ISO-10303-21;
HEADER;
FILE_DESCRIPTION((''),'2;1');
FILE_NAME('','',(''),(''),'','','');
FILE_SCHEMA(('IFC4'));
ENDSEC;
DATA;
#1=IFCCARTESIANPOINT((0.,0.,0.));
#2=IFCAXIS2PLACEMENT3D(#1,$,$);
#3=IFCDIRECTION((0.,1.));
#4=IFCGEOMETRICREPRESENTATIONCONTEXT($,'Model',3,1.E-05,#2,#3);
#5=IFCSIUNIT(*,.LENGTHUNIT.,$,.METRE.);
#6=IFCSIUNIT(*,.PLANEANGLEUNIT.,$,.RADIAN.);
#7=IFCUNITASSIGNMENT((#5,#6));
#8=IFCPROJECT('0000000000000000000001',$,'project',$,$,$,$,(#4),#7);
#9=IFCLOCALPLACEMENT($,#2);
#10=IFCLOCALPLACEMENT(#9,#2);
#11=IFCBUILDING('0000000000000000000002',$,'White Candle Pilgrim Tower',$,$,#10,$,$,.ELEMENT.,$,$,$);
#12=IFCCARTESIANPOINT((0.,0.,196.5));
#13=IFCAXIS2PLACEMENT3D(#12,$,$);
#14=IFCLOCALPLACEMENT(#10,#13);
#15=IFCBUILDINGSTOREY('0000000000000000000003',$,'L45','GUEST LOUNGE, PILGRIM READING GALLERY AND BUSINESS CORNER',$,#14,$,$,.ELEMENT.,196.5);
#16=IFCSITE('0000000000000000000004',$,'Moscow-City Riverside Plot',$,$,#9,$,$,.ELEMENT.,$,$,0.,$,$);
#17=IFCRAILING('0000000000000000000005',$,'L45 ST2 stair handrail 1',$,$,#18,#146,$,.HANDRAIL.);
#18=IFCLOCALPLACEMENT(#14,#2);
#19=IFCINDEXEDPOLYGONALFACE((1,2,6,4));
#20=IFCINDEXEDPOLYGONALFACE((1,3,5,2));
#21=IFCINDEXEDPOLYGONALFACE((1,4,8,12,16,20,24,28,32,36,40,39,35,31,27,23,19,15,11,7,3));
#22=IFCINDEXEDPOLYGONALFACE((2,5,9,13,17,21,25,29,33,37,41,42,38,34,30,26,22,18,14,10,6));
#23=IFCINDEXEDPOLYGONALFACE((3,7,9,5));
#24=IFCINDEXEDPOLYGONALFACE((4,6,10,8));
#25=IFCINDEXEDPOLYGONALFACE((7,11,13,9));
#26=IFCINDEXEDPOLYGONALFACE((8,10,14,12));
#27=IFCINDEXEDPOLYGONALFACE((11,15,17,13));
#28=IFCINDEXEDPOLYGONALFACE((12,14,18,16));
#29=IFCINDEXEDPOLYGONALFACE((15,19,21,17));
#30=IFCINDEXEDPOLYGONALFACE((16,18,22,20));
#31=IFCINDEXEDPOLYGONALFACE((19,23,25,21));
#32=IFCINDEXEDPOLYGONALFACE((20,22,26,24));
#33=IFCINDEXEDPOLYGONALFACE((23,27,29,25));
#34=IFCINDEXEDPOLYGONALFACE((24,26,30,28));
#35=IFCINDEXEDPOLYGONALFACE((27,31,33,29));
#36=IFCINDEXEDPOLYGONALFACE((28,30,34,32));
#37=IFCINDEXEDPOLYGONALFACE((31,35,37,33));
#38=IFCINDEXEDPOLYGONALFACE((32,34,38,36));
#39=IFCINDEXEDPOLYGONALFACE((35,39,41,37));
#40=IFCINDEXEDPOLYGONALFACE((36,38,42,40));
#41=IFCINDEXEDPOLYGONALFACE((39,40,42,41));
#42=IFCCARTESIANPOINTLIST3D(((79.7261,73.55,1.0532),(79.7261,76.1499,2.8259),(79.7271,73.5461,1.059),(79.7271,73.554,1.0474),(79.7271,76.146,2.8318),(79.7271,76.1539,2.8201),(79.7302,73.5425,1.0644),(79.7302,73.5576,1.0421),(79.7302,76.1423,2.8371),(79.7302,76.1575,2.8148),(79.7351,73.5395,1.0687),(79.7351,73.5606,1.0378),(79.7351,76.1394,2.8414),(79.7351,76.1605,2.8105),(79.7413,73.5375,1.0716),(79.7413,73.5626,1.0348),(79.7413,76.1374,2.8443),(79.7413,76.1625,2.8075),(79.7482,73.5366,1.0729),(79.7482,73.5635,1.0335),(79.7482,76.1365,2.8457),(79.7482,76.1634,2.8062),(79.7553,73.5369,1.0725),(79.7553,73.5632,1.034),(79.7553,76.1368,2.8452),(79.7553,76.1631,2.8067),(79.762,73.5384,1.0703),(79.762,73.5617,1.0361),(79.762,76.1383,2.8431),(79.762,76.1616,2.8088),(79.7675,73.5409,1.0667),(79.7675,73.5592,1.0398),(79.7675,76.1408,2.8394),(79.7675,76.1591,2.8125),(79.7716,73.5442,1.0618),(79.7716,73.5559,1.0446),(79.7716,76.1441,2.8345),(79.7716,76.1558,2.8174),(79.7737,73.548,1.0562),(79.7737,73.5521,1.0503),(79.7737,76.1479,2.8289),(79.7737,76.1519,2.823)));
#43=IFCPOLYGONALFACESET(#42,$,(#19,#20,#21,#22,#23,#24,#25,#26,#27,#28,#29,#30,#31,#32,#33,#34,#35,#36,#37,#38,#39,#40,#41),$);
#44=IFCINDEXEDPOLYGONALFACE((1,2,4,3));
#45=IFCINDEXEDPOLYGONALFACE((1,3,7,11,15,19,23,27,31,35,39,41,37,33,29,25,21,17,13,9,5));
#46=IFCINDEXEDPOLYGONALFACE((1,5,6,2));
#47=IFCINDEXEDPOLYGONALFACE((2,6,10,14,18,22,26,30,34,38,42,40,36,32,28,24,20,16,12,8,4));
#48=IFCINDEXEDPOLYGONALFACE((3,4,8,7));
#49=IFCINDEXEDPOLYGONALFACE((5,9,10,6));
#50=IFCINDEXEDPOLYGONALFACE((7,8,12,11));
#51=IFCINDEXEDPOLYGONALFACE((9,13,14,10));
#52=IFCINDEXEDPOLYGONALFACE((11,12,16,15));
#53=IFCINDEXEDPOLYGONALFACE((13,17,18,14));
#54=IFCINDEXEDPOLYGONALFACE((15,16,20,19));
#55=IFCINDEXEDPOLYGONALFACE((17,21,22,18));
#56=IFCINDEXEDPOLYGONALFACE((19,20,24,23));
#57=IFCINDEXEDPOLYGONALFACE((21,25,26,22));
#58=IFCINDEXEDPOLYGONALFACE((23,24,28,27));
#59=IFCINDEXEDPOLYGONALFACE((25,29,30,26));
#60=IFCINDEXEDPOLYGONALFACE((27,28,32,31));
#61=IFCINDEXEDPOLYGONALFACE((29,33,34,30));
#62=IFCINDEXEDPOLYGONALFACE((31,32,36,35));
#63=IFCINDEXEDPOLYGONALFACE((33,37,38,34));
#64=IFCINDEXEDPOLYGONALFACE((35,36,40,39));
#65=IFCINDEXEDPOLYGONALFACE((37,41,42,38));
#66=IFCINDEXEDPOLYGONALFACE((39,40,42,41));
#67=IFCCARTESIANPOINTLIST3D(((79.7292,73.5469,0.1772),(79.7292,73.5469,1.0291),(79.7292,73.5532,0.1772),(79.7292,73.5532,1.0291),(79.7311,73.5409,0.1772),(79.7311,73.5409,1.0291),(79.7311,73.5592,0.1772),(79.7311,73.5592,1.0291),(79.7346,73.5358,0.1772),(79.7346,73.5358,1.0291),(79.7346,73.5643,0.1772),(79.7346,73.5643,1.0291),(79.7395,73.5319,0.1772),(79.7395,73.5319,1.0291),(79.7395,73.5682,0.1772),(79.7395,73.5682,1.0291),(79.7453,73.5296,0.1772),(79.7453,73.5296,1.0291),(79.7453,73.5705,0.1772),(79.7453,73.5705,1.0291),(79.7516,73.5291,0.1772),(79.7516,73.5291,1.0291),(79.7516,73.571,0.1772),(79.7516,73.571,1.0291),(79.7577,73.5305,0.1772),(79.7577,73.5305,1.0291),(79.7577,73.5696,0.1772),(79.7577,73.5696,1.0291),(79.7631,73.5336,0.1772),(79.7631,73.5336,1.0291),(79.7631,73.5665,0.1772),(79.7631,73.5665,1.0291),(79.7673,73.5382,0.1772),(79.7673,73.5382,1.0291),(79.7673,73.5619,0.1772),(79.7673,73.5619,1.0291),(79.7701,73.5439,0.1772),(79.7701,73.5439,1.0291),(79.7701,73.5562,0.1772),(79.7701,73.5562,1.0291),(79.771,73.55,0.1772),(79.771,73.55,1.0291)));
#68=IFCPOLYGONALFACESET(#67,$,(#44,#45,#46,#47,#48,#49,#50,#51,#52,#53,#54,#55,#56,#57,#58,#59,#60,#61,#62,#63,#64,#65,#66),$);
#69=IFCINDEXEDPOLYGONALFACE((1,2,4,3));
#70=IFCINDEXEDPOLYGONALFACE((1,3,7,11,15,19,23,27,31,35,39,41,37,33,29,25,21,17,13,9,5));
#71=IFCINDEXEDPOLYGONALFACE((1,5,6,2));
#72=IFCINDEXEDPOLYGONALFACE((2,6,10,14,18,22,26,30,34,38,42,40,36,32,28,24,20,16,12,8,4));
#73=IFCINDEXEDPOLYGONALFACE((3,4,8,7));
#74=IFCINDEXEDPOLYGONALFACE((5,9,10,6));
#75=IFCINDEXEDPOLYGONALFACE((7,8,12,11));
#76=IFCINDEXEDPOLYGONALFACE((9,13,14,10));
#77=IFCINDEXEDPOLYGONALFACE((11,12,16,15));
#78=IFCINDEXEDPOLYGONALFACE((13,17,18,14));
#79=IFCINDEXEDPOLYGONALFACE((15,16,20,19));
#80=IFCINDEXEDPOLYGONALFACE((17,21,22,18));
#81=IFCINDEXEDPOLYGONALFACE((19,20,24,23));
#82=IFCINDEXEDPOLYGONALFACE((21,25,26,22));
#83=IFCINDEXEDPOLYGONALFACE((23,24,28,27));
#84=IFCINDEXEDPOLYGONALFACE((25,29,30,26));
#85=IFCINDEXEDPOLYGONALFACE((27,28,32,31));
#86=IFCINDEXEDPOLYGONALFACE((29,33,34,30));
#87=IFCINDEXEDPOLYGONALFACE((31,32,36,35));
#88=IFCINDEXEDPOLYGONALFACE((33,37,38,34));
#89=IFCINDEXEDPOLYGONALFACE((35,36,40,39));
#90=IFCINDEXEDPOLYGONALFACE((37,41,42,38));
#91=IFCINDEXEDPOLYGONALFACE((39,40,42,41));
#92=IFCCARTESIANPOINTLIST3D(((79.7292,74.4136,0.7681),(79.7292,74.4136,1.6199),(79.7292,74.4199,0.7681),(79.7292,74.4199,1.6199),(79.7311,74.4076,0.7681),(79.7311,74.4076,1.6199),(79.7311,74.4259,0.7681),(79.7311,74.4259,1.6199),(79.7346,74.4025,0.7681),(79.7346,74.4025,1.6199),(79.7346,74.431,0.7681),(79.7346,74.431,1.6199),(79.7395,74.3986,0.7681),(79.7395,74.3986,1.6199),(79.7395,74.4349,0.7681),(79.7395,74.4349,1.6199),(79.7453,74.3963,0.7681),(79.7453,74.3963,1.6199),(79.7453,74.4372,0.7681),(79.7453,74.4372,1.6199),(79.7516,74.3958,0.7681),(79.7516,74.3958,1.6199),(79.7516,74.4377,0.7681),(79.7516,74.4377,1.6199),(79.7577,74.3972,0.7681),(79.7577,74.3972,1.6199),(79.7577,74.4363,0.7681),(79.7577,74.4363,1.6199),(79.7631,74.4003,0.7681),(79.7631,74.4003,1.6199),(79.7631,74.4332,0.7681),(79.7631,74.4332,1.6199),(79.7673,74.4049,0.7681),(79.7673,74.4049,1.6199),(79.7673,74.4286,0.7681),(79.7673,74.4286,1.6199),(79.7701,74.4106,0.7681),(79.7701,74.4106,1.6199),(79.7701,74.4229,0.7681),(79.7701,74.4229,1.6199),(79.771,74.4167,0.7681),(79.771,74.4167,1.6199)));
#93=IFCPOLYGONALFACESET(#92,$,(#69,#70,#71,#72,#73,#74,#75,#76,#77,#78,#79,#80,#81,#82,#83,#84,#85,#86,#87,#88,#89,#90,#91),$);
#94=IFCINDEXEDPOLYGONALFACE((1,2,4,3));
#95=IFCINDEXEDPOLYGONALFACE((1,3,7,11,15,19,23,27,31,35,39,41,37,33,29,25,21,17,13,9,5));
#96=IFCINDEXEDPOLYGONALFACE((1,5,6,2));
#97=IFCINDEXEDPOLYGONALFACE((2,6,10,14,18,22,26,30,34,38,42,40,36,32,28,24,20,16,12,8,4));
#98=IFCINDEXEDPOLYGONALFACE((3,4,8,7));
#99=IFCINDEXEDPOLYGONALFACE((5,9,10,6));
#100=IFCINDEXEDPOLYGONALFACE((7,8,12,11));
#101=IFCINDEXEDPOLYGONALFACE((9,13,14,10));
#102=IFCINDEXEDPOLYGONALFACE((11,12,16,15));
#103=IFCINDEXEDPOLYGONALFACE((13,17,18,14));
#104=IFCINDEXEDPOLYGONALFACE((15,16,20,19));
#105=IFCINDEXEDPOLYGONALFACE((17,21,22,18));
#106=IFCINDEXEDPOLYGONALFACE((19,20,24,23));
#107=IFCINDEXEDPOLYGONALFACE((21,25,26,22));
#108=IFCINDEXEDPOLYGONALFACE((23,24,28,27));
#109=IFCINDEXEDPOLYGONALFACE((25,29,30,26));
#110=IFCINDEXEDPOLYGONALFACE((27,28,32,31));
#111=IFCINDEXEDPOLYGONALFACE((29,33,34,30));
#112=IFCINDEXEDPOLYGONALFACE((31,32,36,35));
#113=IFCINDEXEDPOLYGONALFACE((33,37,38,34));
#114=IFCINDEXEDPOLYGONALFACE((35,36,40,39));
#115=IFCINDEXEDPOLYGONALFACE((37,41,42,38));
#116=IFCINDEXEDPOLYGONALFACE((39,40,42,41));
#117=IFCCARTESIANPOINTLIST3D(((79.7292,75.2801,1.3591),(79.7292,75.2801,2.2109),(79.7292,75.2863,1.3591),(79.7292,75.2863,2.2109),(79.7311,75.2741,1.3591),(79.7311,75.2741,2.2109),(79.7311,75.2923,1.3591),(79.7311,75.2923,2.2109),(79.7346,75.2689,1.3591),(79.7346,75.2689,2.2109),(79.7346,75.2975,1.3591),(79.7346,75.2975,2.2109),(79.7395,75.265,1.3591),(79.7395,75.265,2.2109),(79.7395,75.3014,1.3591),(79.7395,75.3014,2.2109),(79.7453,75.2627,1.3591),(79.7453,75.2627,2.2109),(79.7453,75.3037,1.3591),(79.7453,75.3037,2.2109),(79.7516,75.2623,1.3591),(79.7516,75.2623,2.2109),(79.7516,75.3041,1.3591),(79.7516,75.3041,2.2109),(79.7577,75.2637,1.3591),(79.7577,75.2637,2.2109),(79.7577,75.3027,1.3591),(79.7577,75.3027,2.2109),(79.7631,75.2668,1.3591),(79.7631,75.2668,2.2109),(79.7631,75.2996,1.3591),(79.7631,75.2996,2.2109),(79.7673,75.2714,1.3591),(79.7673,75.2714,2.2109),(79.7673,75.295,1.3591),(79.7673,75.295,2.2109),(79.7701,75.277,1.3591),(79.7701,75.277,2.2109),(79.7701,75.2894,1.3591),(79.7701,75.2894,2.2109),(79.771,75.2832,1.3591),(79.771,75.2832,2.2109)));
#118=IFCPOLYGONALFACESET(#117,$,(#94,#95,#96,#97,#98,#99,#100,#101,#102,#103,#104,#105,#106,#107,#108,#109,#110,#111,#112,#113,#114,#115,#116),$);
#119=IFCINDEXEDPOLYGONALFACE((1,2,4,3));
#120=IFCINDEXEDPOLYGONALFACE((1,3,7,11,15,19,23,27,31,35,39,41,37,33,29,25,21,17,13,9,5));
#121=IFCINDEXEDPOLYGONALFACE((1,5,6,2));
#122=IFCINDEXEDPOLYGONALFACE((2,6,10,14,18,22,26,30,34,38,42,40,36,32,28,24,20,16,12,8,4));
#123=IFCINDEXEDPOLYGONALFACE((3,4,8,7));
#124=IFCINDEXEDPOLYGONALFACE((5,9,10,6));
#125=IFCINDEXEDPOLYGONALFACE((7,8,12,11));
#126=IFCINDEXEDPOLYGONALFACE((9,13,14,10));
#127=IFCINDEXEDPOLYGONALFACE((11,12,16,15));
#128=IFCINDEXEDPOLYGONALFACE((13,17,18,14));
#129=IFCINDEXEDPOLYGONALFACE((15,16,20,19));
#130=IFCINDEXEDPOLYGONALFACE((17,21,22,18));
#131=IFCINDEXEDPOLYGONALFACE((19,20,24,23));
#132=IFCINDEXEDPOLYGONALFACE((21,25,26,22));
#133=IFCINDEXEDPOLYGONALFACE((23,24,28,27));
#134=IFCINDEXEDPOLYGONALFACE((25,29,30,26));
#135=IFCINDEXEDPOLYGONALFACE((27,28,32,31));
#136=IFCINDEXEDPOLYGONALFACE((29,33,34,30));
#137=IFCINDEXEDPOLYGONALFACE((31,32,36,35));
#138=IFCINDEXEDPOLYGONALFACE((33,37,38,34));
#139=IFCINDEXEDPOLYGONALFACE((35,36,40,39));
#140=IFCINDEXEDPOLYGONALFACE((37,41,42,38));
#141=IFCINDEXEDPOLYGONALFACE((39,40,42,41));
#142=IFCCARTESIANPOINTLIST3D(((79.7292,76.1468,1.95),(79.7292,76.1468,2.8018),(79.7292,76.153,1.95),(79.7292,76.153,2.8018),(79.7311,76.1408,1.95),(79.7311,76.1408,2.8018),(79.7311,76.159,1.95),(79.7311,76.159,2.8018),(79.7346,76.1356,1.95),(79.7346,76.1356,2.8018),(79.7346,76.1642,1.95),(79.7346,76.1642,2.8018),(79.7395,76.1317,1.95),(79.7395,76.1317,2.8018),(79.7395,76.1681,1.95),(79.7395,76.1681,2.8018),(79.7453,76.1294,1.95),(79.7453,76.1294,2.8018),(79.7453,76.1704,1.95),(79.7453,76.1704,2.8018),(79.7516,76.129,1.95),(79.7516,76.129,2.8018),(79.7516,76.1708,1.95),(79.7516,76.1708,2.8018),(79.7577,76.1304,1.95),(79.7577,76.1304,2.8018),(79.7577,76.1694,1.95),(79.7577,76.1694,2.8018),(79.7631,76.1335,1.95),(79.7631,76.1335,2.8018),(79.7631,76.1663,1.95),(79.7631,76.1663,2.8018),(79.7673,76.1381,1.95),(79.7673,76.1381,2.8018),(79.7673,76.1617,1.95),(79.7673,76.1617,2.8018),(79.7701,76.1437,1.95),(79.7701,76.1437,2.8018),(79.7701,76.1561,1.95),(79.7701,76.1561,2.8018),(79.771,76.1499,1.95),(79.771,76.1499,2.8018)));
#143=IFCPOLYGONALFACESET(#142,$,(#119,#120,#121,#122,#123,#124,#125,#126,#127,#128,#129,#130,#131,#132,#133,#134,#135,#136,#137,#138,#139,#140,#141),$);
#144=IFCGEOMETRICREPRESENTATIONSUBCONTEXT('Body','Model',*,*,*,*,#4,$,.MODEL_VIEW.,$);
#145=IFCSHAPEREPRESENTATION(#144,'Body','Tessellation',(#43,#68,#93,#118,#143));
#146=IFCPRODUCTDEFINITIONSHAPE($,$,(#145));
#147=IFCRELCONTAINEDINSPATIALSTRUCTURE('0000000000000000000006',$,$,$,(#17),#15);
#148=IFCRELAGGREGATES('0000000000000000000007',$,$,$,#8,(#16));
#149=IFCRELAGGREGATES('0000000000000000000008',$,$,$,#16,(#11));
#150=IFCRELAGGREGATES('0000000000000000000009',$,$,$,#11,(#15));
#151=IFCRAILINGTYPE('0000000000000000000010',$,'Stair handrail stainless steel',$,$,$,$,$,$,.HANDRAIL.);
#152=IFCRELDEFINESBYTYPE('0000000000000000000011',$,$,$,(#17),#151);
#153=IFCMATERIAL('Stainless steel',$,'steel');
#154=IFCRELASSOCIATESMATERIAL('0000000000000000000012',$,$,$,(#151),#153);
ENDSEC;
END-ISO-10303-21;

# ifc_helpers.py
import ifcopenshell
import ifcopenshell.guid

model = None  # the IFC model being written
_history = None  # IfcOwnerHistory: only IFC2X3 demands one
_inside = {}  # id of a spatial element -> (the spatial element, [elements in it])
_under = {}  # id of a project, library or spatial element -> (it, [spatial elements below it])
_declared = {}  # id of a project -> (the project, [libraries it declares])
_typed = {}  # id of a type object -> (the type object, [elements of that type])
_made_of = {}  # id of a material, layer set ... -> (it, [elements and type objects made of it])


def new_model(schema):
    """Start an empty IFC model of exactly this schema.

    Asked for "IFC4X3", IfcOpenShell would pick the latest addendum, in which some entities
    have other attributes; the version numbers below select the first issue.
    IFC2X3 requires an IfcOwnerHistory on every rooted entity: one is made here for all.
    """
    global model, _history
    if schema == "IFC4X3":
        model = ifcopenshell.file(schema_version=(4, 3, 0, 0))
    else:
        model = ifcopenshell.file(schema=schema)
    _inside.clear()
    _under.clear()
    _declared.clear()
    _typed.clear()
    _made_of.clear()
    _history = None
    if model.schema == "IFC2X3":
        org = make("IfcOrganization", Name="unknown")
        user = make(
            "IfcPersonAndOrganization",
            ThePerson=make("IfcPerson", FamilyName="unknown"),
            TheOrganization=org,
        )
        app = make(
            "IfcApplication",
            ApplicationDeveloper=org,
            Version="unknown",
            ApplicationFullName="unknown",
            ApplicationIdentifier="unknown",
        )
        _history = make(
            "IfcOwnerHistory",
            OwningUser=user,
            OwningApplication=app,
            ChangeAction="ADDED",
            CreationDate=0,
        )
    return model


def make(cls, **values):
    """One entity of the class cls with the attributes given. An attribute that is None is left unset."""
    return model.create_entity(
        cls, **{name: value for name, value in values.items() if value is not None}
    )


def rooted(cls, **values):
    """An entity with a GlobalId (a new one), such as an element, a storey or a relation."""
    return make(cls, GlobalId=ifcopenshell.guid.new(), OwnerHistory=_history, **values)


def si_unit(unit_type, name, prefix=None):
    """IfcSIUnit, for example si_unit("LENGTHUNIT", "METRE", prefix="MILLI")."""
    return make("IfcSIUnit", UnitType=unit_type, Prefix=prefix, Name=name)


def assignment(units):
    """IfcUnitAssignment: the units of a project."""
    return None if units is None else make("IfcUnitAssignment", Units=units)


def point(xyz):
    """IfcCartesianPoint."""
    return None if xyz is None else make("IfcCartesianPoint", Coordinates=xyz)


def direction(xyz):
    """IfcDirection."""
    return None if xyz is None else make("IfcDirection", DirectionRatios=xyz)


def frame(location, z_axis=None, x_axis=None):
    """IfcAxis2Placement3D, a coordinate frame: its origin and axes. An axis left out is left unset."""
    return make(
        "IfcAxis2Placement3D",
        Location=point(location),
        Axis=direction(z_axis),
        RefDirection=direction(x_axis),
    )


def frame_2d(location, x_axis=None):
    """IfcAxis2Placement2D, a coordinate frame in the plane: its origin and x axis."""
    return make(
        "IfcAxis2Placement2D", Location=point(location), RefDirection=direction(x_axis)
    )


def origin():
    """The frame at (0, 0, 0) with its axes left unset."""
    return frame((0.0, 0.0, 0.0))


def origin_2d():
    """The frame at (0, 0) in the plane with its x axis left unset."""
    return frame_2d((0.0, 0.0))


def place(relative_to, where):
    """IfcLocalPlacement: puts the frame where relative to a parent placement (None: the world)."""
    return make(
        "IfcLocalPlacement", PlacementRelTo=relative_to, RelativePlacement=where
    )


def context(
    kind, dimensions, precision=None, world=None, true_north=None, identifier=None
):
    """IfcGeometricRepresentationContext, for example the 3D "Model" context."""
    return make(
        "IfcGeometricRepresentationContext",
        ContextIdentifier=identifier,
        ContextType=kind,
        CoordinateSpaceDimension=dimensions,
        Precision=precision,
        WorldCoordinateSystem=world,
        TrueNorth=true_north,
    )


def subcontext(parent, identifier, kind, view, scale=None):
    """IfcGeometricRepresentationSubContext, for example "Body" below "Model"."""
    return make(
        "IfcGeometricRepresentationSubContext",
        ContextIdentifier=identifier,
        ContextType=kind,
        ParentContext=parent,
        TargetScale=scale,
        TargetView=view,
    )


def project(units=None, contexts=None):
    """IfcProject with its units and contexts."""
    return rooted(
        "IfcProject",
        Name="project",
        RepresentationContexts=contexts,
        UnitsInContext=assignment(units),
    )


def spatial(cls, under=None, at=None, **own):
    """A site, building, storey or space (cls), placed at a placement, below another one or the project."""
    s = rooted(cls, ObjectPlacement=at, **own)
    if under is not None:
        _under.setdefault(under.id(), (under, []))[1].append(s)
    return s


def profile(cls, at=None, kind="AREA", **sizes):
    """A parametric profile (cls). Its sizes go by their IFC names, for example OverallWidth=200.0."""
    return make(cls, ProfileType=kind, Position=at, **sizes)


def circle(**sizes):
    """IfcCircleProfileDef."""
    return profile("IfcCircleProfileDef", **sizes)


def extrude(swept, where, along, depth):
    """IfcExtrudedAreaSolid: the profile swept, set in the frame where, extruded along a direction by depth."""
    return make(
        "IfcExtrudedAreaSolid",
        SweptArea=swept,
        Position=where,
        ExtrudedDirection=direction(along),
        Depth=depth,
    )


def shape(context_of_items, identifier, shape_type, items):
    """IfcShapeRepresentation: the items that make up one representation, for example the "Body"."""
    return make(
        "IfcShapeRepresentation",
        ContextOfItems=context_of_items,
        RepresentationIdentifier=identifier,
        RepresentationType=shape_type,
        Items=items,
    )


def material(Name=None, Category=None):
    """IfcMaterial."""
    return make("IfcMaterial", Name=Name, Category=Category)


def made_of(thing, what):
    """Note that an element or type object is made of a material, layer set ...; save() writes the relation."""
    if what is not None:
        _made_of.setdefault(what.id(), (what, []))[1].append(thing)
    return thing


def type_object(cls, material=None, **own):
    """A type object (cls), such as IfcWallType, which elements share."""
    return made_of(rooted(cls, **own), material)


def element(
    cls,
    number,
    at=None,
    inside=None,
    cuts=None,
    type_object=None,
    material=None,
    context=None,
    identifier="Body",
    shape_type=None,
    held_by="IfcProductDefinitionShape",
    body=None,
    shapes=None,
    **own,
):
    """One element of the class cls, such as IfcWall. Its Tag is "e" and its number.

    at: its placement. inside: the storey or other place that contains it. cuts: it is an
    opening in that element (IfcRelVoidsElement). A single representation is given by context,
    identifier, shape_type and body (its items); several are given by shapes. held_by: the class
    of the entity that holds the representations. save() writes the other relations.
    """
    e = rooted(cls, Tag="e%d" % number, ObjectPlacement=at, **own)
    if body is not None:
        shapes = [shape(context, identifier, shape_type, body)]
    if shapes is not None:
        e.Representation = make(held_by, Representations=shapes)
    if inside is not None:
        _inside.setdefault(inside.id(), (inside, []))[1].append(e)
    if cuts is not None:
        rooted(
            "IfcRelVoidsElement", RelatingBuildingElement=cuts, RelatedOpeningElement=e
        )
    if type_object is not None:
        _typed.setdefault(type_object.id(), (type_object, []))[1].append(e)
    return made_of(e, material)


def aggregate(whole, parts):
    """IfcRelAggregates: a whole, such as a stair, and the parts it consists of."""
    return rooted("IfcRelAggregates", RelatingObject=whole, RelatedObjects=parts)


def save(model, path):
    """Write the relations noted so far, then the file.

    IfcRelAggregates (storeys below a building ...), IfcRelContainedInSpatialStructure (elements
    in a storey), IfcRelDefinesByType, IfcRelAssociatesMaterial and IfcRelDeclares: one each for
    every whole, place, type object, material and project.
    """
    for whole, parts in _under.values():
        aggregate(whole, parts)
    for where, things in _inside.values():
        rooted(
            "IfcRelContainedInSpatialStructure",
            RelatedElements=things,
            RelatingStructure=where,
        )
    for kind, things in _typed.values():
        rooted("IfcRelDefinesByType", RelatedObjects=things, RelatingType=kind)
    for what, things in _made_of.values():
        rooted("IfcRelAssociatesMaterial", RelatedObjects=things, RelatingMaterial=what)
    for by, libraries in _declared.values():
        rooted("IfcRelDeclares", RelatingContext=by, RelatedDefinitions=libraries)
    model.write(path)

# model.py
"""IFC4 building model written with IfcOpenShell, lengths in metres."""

from ifc_helpers import new_model, si_unit, direction, frame, origin, origin_2d, place, context, subcontext, project, spatial, circle, extrude, material, type_object, element, save


model = new_model("IFC4")

# Units and contexts
model_context = context("Model", 3, precision=1e-05, world=origin(), true_north=direction((0.0, 1.0)))
body_context = subcontext(model_context, "Body", "Model", "MODEL_VIEW")
ifc_project = project(units=[si_unit("LENGTHUNIT", "METRE"), si_unit("PLANEANGLEUNIT", "RADIAN")], contexts=[model_context])

# Site, building, storey
site_placement = place(None, origin())
site = spatial("IfcSite", under=ifc_project, at=site_placement, Name="Moscow-City Riverside Plot", CompositionType="ELEMENT", RefElevation=0.0)
building_placement = place(site_placement, origin())
building = spatial("IfcBuilding", under=site, at=building_placement, Name="White Candle Pilgrim Tower", CompositionType="ELEMENT")
storey_placement = place(building_placement, frame((0.0, 0.0, 196.5)))
storey = spatial("IfcBuildingStorey", under=building, at=storey_placement, Name="L45", Description="GUEST LOUNGE, PILGRIM READING GALLERY AND BUSINESS CORNER", CompositionType="ELEMENT", Elevation=196.5)

# Railing
ifc_material_1 = material(Name="Stainless steel", Category="steel")
railing_type_1 = type_object("IfcRailingType", Name="Stair handrail stainless steel", PredefinedType="HANDRAIL", material=ifc_material_1)
railing_1_placement = place(storey_placement, frame((79.75, 73.55, 0.1772)))
element("IfcRailing", 1, at=railing_1_placement, inside=storey, type_object=railing_type_1, Name="L45 ST2 stair handrail 1", PredefinedType="HANDRAIL", context=body_context, shape_type="SweptSolid", body=[
    extrude(circle(Radius=0.0239, at=origin_2d()), frame((0.0, 0.0, 0.876), z_axis=(0.0, 0.826216, 0.563354), x_axis=(-1.0, 0.0, 0.0)), (0.0, 0.0, 1.0), 3.1467),
    extrude(circle(Radius=0.021, at=origin_2d()), origin(), (0.0, 0.0, 1.0), 0.8518),
    extrude(circle(Radius=0.021, at=origin_2d()), frame((0.0, 0.8667, 0.5908)), (0.0, 0.0, 1.0), 0.8518),
    extrude(circle(Radius=0.021, at=origin_2d()), frame((0.0, 1.7332, 1.1819)), (0.0, 0.0, 1.0), 0.8518),
    extrude(circle(Radius=0.021, at=origin_2d()), frame((0.0, 2.5999, 1.7727)), (0.0, 0.0, 1.0), 0.8518),
])

save(model, "model.ifc")
